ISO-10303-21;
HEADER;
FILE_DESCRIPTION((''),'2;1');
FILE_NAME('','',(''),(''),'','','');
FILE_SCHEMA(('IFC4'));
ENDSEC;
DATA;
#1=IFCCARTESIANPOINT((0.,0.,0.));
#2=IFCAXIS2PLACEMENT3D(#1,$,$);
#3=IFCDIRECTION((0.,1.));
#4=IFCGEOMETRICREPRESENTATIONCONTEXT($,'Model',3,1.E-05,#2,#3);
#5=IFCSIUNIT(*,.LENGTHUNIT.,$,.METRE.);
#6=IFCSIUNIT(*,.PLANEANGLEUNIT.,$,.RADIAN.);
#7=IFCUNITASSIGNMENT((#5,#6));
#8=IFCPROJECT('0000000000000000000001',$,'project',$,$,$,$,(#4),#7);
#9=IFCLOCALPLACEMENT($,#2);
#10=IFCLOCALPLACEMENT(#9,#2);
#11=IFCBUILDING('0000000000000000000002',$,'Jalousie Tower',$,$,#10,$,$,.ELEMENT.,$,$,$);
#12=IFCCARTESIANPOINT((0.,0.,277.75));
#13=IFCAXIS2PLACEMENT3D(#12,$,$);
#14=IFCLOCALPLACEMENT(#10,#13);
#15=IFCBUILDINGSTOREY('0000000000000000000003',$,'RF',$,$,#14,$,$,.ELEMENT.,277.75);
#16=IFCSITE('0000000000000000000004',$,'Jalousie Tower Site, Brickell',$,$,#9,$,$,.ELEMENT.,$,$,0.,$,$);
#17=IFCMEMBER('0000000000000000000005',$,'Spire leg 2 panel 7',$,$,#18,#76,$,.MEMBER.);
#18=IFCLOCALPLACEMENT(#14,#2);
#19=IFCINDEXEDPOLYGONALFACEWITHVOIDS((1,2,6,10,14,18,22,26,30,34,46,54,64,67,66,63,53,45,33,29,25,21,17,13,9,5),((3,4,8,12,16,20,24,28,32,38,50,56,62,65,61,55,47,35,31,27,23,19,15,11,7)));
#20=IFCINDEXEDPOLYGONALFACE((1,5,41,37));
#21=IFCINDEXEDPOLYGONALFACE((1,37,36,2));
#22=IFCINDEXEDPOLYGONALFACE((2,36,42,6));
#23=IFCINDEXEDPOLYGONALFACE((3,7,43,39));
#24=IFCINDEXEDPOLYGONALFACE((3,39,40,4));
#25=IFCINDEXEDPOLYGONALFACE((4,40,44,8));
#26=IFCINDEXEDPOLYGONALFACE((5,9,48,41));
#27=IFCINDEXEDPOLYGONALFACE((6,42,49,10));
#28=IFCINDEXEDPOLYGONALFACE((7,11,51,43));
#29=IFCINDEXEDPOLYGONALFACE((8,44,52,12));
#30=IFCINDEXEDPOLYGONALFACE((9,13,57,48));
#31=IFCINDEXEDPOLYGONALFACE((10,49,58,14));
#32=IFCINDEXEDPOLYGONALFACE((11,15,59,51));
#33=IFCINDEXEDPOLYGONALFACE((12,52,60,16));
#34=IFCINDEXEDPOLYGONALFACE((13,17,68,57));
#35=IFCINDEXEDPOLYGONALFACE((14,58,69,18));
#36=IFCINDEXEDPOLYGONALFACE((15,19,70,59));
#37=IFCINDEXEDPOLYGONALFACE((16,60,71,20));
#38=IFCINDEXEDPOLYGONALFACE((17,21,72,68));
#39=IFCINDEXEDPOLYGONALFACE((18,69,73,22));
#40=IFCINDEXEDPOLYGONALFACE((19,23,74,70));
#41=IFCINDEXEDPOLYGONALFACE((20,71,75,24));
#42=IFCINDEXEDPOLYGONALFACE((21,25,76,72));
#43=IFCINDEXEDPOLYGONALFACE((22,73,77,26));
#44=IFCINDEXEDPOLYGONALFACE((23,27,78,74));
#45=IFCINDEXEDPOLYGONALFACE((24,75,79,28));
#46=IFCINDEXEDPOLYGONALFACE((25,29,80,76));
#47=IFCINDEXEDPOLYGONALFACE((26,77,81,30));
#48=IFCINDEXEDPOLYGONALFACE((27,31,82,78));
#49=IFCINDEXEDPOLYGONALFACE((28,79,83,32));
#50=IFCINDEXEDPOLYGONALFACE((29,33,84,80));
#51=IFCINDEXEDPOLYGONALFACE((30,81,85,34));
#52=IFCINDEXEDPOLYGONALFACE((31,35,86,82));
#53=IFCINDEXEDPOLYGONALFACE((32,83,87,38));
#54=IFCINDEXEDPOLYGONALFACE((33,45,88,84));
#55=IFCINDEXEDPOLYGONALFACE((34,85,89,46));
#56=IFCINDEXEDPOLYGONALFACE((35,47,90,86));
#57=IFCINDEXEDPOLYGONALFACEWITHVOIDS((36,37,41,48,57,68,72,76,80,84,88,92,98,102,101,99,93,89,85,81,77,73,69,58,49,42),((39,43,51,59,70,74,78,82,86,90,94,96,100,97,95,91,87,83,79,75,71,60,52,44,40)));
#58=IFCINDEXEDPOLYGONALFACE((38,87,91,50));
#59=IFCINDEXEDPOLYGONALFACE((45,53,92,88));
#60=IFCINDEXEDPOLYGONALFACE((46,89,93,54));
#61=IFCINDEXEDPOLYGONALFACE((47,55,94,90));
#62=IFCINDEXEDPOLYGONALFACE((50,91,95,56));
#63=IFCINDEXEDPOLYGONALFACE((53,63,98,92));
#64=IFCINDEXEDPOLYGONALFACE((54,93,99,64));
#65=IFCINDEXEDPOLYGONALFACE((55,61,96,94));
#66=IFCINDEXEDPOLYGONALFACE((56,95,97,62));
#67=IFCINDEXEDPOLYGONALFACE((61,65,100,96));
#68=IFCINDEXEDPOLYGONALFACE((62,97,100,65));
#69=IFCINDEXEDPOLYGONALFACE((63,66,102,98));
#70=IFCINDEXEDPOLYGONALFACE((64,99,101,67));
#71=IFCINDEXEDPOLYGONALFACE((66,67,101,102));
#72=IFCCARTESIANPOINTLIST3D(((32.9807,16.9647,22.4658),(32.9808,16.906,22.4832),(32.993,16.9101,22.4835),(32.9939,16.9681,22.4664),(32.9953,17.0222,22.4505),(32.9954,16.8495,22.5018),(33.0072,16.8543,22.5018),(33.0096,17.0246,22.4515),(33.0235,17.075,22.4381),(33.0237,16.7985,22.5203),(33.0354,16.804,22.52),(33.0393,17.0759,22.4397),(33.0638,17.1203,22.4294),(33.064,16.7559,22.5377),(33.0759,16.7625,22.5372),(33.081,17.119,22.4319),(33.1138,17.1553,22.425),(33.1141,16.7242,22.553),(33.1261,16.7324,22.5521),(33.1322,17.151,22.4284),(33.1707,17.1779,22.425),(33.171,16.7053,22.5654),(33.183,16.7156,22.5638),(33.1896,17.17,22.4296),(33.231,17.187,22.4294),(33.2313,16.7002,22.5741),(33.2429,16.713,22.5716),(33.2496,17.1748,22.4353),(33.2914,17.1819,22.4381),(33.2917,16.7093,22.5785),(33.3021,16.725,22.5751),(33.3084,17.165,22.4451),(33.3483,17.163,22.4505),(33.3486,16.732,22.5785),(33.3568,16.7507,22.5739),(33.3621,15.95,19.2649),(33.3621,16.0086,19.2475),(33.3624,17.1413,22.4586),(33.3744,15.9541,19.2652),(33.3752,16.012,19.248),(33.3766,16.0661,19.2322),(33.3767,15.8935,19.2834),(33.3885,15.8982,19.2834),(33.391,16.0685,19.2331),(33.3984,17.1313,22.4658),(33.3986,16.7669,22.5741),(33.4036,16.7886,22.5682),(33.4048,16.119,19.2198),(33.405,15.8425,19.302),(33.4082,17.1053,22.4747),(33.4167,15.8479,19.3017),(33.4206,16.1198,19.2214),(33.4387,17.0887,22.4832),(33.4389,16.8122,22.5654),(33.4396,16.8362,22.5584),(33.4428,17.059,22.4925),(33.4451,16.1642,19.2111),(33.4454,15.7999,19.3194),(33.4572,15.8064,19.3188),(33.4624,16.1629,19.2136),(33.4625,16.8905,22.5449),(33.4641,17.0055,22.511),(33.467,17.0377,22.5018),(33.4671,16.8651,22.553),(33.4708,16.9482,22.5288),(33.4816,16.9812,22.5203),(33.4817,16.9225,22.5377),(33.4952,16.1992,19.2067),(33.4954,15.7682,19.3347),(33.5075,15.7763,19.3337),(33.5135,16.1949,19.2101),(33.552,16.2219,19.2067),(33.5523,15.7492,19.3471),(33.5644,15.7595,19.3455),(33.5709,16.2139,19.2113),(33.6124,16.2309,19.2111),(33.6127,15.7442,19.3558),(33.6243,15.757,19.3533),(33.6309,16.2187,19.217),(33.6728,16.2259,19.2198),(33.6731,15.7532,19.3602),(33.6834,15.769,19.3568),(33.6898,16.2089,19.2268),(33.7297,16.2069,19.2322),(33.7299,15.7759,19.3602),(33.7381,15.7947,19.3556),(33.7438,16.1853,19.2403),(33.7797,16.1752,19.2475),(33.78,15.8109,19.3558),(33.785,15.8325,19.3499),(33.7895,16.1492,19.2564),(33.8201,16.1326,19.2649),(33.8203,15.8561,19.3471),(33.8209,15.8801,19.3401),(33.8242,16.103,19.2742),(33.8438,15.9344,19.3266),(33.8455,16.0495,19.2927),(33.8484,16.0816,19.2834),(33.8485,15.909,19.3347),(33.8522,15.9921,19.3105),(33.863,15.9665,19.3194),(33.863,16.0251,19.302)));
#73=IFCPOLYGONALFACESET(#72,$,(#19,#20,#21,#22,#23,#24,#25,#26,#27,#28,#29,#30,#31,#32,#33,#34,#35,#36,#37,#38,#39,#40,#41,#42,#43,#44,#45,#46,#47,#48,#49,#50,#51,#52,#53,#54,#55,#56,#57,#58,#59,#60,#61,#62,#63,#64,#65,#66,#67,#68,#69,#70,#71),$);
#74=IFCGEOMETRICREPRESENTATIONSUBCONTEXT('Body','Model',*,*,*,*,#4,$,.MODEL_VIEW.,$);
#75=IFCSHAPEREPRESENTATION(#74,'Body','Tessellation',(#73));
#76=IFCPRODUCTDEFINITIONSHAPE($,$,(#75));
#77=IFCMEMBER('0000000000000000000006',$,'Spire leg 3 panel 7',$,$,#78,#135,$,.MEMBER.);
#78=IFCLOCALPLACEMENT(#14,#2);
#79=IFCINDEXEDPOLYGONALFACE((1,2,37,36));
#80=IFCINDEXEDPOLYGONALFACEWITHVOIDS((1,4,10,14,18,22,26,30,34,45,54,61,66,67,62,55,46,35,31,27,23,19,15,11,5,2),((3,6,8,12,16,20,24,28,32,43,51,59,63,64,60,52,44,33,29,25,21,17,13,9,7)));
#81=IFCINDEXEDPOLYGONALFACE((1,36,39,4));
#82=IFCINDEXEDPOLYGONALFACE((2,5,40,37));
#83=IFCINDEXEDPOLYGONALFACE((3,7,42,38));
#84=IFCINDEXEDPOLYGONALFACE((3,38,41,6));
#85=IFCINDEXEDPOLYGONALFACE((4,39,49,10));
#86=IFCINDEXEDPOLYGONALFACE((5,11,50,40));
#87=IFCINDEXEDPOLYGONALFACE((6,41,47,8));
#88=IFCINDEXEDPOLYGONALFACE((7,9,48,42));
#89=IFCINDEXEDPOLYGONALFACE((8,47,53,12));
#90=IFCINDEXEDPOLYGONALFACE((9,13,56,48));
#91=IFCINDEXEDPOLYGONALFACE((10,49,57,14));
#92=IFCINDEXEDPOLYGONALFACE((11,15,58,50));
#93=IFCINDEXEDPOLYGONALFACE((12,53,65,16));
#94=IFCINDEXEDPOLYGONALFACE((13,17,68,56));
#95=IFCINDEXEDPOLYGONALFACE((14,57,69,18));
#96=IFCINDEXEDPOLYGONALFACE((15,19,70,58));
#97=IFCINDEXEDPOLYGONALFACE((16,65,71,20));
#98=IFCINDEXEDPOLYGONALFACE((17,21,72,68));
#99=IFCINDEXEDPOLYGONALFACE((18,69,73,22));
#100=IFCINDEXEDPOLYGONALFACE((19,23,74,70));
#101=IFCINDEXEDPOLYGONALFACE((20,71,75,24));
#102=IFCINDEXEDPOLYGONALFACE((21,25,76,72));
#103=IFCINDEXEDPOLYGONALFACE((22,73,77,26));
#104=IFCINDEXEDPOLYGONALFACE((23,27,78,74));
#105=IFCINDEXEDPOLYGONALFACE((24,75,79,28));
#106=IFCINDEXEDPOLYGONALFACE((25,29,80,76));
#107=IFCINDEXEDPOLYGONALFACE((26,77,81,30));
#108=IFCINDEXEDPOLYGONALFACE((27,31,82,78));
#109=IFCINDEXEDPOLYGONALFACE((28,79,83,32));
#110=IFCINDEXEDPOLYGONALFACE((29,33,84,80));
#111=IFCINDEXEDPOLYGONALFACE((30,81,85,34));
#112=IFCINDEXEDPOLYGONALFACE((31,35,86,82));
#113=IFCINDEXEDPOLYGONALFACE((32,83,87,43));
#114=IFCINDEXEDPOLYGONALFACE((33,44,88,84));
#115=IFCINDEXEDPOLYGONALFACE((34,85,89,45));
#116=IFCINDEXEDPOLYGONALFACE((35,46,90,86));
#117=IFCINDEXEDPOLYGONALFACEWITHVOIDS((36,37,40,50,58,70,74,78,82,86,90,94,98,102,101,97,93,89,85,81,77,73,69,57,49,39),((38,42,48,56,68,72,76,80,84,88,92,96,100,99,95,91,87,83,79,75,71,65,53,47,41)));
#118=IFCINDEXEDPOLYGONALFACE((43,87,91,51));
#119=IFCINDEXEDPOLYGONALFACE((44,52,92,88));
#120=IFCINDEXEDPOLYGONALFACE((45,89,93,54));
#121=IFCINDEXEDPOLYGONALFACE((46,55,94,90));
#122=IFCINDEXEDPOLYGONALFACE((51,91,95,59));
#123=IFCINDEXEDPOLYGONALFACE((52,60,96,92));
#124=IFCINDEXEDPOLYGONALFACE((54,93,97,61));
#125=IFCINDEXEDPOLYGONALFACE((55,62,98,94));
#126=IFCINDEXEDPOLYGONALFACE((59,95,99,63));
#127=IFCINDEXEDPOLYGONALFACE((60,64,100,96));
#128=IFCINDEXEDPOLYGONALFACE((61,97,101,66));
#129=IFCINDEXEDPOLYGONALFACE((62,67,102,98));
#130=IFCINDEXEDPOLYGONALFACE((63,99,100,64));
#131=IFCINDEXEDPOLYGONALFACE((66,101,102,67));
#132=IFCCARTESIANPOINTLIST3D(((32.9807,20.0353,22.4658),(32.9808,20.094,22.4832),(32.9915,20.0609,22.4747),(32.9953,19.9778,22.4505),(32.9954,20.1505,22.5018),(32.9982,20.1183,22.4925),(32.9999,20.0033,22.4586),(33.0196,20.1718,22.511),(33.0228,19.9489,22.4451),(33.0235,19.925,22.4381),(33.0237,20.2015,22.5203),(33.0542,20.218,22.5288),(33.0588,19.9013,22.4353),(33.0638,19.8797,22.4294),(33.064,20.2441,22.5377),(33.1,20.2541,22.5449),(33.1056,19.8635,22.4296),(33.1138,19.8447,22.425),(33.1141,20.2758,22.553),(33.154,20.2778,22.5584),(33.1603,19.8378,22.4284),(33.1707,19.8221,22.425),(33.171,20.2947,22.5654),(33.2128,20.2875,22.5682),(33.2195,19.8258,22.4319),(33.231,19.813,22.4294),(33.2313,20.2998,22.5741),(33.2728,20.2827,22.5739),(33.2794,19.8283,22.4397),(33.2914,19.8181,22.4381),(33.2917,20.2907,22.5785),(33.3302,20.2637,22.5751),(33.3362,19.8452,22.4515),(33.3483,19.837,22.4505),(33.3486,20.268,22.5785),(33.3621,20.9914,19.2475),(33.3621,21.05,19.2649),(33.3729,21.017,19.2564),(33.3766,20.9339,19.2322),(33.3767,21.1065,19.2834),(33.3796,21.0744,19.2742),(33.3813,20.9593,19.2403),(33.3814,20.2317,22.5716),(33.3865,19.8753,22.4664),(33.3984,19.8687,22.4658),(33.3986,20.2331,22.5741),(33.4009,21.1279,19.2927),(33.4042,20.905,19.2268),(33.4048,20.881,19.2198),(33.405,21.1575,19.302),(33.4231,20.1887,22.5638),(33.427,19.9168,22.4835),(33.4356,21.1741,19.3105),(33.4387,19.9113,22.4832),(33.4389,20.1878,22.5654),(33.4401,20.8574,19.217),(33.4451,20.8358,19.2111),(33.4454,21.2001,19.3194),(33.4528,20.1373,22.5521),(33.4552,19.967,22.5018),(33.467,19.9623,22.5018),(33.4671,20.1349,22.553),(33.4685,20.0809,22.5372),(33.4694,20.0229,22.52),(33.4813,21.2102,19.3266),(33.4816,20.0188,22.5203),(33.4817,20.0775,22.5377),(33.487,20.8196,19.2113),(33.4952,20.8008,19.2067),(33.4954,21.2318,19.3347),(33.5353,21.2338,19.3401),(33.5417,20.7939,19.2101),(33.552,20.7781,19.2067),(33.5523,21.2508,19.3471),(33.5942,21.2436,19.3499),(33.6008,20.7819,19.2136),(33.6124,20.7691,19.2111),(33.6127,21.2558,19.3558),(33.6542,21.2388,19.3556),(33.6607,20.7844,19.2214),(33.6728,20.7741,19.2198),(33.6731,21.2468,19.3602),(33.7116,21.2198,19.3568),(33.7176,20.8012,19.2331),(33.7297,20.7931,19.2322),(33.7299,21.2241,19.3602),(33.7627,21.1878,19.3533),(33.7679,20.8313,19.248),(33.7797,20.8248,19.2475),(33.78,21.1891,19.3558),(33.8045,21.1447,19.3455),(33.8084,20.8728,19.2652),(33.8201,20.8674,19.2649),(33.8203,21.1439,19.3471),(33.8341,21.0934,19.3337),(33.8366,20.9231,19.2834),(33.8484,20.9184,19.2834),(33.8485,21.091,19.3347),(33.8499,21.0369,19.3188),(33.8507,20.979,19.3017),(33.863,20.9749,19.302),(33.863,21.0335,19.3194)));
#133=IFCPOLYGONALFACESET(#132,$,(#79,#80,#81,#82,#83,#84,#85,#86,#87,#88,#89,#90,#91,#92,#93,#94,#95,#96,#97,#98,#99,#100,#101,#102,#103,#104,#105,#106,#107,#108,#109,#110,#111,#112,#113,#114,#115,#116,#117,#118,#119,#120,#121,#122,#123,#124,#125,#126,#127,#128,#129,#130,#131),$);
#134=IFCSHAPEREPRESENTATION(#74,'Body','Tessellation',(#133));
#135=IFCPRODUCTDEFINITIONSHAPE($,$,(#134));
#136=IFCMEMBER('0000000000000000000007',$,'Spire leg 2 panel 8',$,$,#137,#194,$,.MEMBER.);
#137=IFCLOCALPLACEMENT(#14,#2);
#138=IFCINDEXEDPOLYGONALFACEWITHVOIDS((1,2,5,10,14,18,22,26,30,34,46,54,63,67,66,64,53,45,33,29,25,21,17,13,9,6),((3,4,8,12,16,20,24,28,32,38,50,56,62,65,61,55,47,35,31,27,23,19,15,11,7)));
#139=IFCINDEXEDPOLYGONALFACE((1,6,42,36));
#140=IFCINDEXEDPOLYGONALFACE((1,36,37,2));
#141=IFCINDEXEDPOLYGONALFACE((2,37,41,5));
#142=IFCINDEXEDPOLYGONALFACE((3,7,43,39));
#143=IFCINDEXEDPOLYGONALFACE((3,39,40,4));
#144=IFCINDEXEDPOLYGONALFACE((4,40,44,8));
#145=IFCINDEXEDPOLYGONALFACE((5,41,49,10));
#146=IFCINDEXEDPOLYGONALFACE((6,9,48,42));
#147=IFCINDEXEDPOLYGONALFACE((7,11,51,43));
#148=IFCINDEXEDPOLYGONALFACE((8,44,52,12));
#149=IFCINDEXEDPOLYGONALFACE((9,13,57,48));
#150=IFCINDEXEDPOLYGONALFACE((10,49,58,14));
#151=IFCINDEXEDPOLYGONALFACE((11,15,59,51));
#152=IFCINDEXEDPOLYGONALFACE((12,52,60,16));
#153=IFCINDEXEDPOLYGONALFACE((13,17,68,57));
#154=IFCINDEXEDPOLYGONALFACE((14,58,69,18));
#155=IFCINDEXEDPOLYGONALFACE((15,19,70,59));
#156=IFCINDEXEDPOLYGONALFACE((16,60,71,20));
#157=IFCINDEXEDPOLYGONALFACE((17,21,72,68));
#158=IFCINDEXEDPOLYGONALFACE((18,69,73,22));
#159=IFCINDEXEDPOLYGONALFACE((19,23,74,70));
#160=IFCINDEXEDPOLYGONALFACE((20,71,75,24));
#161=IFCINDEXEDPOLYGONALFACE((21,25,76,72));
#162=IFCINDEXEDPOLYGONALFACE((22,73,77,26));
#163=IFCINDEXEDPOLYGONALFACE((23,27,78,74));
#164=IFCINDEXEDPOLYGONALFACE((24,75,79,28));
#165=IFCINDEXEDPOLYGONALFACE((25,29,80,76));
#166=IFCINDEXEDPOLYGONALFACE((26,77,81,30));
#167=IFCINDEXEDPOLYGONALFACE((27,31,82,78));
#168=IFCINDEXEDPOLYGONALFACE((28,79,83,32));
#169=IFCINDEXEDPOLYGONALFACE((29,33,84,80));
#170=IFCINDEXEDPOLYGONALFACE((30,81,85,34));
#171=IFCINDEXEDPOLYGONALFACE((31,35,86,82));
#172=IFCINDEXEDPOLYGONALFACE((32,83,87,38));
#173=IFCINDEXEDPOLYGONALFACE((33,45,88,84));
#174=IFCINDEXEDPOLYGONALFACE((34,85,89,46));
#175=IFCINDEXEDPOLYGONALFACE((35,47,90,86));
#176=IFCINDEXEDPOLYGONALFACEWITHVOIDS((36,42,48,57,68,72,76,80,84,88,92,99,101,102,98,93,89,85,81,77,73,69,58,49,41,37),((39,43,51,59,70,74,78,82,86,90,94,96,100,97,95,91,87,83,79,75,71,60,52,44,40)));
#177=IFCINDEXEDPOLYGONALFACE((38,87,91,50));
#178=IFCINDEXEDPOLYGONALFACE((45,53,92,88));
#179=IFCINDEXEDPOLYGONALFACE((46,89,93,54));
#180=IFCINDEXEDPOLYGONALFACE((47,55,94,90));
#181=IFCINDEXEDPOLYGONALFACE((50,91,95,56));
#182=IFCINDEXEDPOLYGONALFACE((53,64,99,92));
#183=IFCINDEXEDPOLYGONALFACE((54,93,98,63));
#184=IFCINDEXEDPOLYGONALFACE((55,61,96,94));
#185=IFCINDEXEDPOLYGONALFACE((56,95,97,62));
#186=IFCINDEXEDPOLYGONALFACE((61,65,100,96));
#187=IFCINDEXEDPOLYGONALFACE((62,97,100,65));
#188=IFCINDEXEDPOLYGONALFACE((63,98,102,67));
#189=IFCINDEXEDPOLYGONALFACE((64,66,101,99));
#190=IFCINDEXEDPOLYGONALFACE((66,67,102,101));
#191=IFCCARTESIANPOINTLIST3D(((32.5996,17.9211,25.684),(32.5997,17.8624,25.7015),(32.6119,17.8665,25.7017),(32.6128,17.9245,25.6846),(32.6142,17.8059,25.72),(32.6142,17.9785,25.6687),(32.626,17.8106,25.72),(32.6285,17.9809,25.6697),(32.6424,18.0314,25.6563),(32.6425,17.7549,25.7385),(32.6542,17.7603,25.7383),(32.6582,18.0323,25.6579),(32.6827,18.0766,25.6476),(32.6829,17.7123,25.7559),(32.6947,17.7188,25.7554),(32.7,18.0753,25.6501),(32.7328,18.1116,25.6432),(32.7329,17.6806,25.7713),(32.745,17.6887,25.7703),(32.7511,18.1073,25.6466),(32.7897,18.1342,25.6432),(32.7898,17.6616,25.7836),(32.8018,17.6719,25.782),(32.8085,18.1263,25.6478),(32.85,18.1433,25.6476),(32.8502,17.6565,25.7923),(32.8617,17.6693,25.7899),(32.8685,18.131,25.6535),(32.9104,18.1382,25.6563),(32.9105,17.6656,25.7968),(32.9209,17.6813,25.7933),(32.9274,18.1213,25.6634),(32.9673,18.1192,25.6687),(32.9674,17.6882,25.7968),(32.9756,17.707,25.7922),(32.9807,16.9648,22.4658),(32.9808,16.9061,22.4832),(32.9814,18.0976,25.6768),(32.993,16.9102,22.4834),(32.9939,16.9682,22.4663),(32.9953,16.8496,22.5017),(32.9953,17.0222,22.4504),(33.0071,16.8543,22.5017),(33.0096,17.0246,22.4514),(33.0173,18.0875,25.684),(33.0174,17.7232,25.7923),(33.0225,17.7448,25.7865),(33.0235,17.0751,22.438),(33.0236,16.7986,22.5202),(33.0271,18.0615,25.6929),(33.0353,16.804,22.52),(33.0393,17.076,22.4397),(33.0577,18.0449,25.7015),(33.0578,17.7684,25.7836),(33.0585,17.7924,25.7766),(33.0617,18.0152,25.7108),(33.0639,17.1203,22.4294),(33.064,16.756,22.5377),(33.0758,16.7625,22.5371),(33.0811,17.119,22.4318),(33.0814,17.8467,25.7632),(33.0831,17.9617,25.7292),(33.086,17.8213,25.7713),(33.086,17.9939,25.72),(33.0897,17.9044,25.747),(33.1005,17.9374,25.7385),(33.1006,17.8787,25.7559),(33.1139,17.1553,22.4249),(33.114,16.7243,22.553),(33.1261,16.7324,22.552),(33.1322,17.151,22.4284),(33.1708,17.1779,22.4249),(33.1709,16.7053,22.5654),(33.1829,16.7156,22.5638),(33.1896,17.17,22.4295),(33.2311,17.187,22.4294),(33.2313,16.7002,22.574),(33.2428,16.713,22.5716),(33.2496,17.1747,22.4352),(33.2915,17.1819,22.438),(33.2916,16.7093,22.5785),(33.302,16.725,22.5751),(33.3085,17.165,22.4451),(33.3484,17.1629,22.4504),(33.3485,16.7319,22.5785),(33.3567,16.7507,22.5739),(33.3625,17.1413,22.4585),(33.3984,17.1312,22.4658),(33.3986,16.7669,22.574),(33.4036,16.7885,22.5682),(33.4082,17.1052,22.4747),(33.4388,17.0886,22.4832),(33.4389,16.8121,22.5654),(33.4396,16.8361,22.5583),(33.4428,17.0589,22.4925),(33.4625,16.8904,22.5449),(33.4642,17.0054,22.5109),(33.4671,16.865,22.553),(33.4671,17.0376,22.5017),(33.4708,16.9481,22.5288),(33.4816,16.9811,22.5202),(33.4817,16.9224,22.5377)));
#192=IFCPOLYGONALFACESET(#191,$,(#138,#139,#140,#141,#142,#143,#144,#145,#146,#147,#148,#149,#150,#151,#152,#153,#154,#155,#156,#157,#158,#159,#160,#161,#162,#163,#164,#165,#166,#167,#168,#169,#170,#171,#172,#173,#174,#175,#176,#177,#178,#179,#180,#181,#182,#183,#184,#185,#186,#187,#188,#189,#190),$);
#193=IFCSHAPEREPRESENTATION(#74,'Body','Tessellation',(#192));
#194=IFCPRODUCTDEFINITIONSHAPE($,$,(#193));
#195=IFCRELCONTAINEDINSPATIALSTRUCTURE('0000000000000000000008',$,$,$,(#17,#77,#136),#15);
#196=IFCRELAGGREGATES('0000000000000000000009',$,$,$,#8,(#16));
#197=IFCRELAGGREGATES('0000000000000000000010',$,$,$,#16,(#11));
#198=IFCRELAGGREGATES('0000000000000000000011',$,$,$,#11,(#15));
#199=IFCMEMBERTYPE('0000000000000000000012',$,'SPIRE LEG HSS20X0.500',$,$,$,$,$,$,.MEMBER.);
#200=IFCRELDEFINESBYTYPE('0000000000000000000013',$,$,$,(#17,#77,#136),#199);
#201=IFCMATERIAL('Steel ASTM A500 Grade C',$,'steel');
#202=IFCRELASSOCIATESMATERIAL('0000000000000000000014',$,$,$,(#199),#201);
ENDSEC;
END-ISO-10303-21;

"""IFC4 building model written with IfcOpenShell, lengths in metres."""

from ifc_helpers import new_model, si_unit, direction, frame, origin, origin_2d, place, context, subcontext, project, spatial, hollow_circle, extrude, material, material_profile, profile_set, type_object, element, save


model = new_model("IFC4")

# Units and contexts
model_context = context("Model", 3, precision=1e-05, world=origin(), true_north=direction((0.0, 1.0)))
body_context = subcontext(model_context, "Body", "Model", "MODEL_VIEW")
ifc_project = project(units=[si_unit("LENGTHUNIT", "METRE"), si_unit("PLANEANGLEUNIT", "RADIAN")], contexts=[model_context])

# Site, building, storey
site_placement = place(None, origin())
site = spatial("IfcSite", under=ifc_project, at=site_placement, Name="Jalousie Tower Site, Brickell", CompositionType="ELEMENT", RefElevation=0.0)
building_placement = place(site_placement, origin())
building = spatial("IfcBuilding", under=site, at=building_placement, Name="Jalousie Tower", CompositionType="ELEMENT")
storey_placement = place(building_placement, frame((0.0, 0.0, 277.75)))
storey = spatial("IfcBuildingStorey", under=building, at=storey_placement, Name="RF", CompositionType="ELEMENT", Elevation=277.75)

# Members
ifc_material_1 = material(Name="Steel ASTM A500 Grade C", Category="steel")
ifc_material_profile_1 = material_profile(ifc_material_1, hollow_circle(Radius=0.2539, WallThickness=0.0127, at=origin_2d()), Name="HSS20X0.500")
ifc_profile_set_1 = profile_set([ifc_material_profile_1], Name="Steel ASTM A500 Grade C")
member_type_1 = type_object("IfcMemberType", Name="SPIRE LEG HSS20X0.500", PredefinedType="MEMBER", material=ifc_profile_set_1)
for number, where, z_axis, x_axis, name in (
    (1, (33.6125, 15.9875, 19.2834), (-0.112863, 0.282952, 0.952471), (-0.928836, -0.370491, 0.0), "Spire leg 2 panel 7"),
    (2, (33.6125, 21.0125, 19.2834), (-0.112863, -0.282952, 0.952471), (0.928836, -0.370491, 0.0), "Spire leg 3 panel 7"),
    (3, (33.2312, 16.9436, 22.5017), (-0.112789, 0.283021, 0.952459), (-0.92895, -0.370205, 0.0), "Spire leg 2 panel 8"),
):
    element("IfcMember", number, at=place(storey_placement, frame(where, z_axis=z_axis, x_axis=x_axis)), inside=storey, type_object=member_type_1, Name=name, PredefinedType="MEMBER", context=body_context, shape_type="SweptSolid", body=[
        extrude(hollow_circle(Radius=0.2539, WallThickness=0.0127, at=origin_2d()), origin(), (0.0, 0.0, 1.0), 3.3789),
    ])

save(model, "model.ifc")
